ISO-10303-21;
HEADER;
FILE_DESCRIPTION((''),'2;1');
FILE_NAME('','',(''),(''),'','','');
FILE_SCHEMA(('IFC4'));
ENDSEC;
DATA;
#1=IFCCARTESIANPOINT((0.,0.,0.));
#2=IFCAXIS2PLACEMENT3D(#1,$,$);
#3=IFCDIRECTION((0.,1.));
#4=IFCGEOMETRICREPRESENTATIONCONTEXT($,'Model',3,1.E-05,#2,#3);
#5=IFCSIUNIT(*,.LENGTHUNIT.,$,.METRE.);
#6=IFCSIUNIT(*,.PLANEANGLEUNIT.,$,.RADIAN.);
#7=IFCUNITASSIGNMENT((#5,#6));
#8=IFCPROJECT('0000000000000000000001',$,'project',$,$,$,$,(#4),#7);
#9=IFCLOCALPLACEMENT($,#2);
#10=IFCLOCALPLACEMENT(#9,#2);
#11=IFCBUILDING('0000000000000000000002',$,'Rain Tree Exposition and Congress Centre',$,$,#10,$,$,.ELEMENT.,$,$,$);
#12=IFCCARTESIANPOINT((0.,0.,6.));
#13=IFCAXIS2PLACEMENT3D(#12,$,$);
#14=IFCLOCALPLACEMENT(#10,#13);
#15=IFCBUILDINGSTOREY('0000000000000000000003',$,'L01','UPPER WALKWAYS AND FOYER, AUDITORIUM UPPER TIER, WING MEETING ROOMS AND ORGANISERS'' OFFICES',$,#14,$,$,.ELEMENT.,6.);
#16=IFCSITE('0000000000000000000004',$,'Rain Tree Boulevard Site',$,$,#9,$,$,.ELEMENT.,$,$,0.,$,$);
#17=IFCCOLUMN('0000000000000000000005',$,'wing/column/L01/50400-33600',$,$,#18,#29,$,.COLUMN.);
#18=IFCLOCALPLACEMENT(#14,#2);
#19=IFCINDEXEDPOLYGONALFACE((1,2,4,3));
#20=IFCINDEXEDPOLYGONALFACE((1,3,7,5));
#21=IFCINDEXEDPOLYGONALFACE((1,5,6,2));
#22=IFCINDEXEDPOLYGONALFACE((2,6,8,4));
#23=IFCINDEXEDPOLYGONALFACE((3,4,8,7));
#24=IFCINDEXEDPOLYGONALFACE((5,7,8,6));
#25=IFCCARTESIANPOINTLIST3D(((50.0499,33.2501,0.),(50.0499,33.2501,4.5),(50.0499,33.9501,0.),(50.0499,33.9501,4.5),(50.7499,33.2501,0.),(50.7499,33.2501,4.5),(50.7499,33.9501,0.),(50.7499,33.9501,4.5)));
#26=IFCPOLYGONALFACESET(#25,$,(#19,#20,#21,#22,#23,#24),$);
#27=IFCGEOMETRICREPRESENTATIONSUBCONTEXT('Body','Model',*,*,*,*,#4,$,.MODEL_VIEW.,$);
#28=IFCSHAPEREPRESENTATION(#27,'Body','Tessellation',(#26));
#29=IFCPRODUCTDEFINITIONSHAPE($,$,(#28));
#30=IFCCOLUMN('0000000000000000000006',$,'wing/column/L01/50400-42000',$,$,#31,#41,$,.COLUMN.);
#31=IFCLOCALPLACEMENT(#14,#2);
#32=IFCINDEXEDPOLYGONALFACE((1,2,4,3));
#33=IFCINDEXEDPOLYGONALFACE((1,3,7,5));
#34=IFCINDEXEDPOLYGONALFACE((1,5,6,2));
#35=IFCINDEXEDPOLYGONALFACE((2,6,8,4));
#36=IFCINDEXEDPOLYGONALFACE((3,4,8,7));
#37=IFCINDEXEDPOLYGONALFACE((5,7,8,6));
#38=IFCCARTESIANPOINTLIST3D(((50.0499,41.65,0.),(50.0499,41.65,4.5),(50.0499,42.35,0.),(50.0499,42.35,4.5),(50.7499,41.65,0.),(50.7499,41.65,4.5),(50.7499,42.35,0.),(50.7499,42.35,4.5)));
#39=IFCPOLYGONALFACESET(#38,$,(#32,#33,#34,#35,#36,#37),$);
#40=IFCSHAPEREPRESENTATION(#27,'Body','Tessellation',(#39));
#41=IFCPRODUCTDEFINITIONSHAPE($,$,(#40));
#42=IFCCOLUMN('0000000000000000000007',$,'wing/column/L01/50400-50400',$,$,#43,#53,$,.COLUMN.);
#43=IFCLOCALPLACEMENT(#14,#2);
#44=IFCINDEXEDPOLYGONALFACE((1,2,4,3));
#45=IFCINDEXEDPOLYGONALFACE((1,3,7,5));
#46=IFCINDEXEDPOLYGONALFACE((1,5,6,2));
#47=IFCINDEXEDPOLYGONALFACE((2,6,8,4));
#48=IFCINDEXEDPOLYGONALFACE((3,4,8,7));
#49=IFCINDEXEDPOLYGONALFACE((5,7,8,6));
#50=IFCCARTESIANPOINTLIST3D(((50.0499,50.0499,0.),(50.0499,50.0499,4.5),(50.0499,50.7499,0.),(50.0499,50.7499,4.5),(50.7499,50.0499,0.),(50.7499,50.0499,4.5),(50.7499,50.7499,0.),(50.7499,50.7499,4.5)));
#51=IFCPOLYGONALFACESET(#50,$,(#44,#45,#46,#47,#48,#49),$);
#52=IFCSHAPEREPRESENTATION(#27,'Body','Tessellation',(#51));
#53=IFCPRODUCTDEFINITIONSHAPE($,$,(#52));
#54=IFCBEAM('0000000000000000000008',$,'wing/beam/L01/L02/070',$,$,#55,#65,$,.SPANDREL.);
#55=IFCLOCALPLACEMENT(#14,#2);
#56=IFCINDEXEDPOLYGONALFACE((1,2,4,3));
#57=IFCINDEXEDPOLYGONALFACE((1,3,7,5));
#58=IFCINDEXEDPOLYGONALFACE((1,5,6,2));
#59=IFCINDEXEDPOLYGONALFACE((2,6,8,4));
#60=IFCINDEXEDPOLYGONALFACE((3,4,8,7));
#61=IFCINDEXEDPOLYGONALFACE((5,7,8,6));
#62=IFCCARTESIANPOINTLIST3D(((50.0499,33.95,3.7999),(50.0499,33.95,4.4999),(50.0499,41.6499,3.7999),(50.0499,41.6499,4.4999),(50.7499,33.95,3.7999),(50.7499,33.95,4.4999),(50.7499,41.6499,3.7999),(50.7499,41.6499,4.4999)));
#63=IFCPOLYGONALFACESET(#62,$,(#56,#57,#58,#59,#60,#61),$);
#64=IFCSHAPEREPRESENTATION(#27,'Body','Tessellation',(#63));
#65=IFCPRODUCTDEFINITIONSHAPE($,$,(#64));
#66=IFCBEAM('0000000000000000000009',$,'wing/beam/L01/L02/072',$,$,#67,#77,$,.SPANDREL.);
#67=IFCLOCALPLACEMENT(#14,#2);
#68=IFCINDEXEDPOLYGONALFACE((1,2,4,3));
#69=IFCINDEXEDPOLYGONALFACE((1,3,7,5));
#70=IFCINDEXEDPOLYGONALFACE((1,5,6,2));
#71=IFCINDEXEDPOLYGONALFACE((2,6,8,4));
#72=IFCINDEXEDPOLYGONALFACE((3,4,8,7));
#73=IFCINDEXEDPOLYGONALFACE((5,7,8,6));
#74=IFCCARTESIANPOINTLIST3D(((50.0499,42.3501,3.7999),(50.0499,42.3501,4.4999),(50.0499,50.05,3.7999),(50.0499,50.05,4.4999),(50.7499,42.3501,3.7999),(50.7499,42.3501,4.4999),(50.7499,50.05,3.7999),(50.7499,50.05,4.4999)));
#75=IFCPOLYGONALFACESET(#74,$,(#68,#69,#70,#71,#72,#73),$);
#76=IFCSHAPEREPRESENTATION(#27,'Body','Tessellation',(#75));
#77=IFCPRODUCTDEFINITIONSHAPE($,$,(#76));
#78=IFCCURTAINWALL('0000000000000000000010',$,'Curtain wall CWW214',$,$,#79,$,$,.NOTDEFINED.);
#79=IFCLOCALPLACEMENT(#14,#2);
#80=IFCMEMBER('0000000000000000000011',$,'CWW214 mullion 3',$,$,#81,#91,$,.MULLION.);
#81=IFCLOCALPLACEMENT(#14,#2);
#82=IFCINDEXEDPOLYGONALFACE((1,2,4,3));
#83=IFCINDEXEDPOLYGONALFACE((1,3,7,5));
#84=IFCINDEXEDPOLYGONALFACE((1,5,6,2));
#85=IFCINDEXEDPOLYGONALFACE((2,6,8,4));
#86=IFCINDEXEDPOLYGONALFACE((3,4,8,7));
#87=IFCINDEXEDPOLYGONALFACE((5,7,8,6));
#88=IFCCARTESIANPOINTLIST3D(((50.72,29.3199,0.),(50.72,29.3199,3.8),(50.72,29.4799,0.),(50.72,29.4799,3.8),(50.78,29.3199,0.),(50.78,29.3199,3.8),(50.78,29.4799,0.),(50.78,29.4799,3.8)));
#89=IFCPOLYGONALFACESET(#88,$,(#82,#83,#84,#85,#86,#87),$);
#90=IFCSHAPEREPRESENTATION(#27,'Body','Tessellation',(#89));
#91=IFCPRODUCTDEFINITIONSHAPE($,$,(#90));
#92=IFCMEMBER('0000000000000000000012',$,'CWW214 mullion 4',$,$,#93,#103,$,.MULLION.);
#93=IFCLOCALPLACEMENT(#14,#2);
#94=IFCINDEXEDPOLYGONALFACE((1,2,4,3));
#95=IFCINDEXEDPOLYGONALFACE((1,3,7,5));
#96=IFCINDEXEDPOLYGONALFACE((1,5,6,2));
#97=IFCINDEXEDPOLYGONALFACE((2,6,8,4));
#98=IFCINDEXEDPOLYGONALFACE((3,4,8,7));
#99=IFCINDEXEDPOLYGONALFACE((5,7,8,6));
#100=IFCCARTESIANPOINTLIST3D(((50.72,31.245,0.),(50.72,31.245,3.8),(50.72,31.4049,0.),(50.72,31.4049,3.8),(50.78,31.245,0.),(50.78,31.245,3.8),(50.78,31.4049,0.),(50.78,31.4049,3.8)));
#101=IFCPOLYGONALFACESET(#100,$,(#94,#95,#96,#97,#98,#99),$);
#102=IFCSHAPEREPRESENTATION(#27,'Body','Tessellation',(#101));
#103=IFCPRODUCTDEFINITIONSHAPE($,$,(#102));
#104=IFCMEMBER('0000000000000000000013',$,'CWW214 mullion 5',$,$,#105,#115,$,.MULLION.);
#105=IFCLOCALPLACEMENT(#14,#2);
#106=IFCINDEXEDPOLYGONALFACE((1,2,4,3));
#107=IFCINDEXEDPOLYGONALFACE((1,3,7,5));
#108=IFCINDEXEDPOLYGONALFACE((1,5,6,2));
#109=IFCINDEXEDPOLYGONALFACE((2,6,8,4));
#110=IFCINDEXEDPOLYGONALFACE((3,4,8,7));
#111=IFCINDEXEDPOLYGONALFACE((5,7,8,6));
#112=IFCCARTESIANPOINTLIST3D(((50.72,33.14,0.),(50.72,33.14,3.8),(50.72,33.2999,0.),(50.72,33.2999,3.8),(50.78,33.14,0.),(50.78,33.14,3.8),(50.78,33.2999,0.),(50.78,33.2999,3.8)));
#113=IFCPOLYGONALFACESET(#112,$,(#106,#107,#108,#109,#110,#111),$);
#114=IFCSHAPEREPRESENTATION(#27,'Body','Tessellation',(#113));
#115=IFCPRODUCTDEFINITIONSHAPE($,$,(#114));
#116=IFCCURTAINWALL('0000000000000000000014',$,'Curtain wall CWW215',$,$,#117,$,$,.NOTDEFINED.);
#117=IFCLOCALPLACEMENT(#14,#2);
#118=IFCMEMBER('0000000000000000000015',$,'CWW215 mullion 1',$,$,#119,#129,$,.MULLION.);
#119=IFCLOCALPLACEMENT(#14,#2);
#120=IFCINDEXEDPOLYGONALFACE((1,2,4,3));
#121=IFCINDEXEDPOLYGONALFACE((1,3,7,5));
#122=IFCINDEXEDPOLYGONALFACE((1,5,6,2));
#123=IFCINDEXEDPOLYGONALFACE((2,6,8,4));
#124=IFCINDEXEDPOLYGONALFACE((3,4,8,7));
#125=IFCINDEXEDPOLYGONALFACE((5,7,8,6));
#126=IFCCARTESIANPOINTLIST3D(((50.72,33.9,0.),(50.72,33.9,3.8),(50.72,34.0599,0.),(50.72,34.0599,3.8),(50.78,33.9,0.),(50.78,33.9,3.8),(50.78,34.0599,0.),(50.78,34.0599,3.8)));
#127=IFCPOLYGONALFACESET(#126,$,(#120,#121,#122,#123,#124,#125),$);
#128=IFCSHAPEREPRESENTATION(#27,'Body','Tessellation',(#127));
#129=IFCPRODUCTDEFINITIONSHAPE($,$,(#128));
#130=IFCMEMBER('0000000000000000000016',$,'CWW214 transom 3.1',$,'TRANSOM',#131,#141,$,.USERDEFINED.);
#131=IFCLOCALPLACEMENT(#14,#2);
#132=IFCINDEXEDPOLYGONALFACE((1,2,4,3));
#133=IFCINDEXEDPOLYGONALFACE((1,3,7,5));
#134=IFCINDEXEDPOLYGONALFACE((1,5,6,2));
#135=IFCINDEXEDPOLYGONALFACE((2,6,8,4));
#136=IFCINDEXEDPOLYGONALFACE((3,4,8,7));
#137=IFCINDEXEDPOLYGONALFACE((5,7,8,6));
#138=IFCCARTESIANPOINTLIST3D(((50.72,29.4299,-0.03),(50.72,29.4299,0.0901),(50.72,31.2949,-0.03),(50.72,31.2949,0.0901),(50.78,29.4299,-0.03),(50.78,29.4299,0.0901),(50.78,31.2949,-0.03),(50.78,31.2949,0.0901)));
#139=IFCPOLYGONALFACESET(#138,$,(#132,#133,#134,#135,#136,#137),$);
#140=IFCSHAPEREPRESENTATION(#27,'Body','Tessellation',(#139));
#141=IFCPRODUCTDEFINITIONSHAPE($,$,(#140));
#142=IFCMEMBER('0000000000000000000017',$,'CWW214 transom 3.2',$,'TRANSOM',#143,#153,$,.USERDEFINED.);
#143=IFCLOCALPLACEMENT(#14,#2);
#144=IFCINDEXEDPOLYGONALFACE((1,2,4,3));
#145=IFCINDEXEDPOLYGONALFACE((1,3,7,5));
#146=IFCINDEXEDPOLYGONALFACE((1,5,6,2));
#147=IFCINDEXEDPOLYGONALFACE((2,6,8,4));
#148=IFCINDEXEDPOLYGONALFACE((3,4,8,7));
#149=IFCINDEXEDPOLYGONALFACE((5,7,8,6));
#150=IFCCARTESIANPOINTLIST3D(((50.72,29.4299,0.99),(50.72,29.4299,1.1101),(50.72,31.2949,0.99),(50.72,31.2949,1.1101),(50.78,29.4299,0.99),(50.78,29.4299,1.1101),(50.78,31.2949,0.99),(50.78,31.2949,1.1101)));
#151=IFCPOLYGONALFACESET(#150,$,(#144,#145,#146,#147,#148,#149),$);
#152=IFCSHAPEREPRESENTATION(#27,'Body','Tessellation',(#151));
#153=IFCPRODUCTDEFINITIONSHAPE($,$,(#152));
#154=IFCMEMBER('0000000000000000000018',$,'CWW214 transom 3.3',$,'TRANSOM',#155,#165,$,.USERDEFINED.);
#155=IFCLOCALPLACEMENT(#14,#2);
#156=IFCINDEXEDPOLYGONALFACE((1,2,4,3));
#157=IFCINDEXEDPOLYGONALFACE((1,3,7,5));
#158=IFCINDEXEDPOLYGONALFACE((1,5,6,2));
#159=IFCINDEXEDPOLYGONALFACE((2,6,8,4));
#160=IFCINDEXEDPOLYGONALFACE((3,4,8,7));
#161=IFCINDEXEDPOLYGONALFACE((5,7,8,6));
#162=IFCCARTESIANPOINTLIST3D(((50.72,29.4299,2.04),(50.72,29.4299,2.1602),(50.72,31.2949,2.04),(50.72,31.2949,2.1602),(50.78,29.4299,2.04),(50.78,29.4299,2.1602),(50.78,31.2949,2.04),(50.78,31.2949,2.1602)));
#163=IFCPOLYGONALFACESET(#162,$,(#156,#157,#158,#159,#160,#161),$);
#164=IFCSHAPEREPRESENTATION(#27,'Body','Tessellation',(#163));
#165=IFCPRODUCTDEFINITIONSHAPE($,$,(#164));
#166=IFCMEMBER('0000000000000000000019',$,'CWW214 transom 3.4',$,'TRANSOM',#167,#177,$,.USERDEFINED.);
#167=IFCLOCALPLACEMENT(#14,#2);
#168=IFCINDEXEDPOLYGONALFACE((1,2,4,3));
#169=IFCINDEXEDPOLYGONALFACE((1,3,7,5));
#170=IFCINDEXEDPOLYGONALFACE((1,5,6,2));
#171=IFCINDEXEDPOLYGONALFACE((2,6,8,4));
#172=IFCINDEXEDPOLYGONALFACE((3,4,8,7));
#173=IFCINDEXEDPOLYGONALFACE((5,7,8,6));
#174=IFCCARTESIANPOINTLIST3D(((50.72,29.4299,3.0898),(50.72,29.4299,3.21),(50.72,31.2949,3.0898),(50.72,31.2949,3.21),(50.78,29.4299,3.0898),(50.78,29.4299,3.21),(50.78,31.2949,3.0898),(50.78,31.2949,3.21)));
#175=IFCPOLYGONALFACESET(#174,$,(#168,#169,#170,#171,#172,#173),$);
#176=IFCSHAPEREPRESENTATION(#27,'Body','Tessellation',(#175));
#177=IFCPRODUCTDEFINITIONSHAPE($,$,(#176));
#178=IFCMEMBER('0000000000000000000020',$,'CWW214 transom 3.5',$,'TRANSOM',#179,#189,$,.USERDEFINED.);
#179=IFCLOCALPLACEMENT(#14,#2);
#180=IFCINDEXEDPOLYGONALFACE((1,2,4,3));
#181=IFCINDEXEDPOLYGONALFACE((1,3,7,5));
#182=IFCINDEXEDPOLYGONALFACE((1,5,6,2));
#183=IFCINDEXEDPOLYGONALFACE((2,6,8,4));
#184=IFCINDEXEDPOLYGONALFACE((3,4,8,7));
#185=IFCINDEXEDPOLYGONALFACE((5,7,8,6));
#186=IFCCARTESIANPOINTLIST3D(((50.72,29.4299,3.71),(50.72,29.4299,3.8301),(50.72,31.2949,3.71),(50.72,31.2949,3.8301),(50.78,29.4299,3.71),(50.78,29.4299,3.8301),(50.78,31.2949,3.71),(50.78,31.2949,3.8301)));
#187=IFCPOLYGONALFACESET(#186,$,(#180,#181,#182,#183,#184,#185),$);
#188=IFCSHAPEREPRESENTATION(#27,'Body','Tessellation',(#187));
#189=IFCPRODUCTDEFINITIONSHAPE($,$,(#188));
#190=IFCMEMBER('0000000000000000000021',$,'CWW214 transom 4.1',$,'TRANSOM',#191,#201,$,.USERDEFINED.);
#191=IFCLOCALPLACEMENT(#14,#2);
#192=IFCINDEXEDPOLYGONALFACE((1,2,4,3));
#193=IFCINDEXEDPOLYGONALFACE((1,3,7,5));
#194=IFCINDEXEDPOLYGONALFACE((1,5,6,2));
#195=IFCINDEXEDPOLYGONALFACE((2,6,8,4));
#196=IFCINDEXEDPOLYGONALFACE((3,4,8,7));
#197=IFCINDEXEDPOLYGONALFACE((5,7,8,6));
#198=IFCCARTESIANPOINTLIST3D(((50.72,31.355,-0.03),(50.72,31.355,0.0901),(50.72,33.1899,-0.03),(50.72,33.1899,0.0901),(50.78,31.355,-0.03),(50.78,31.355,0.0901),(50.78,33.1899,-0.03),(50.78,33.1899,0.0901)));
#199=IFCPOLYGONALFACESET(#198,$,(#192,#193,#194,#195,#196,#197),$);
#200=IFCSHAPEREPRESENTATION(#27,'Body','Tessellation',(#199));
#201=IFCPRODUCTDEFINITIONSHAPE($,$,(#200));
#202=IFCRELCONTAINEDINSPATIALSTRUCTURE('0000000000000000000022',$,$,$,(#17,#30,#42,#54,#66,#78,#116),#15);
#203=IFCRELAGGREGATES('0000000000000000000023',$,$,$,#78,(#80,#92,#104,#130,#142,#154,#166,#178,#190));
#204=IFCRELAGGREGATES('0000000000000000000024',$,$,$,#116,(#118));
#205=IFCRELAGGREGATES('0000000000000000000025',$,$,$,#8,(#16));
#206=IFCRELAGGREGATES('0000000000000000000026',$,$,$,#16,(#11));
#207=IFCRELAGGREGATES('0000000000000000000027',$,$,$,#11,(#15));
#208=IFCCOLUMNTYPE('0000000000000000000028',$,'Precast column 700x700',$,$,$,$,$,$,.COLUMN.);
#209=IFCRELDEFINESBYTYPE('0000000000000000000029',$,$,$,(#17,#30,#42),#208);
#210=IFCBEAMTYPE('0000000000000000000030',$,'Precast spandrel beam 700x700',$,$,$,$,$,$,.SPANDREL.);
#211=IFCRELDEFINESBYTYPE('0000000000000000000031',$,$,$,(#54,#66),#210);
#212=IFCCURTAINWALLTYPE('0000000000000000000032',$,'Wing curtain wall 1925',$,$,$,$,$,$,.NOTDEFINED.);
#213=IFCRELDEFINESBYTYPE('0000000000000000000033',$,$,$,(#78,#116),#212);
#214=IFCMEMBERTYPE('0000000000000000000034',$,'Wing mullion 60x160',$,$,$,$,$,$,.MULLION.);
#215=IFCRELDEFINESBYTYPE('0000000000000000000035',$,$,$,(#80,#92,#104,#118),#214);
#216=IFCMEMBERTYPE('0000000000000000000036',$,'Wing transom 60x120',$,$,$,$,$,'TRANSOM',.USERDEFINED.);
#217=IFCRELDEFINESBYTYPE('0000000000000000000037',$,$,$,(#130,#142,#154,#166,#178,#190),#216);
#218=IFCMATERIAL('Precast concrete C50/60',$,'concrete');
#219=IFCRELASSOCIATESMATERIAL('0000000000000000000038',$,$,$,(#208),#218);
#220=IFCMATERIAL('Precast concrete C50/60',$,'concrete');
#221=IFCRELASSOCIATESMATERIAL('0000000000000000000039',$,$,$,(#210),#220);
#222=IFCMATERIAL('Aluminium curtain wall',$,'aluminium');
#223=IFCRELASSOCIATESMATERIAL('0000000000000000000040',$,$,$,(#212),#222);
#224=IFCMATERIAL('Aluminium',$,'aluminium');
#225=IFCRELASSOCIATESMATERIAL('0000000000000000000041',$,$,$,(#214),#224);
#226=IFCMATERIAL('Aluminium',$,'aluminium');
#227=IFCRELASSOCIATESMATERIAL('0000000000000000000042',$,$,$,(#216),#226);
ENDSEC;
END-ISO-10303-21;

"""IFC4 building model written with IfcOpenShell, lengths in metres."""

from ifc_helpers import new_model, si_unit, direction, frame, origin, origin_2d, place, context, subcontext, project, spatial, rectangle, extrude, material, material_profile, profile_set, type_object, element, aggregate, save


model = new_model("IFC4")

# Units and contexts
model_context = context("Model", 3, precision=1e-05, world=origin(), true_north=direction((0.0, 1.0)))
body_context = subcontext(model_context, "Body", "Model", "MODEL_VIEW")
ifc_project = project(units=[si_unit("LENGTHUNIT", "METRE"), si_unit("PLANEANGLEUNIT", "RADIAN")], contexts=[model_context])

# Site, building, storey
site_placement = place(None, origin())
site = spatial("IfcSite", under=ifc_project, at=site_placement, Name="Rain Tree Boulevard Site", CompositionType="ELEMENT", RefElevation=0.0)
building_placement = place(site_placement, origin())
building = spatial("IfcBuilding", under=site, at=building_placement, Name="Rain Tree Exposition and Congress Centre", CompositionType="ELEMENT")
storey_placement = place(building_placement, frame((0.0, 0.0, 6.0)))
storey = spatial("IfcBuildingStorey", under=building, at=storey_placement, Name="L01", Description="UPPER WALKWAYS AND FOYER, AUDITORIUM UPPER TIER, WING MEETING ROOMS AND ORGANISERS' OFFICES", CompositionType="ELEMENT", Elevation=6.0)

# Columns
ifc_material_1 = material(Name="Precast concrete C50/60", Category="concrete")
ifc_material_profile_1 = material_profile(ifc_material_1, rectangle(XDim=0.7, YDim=0.7, at=origin_2d()), Name="RC 700x700")
ifc_profile_set_1 = profile_set([ifc_material_profile_1], Name="Precast concrete C50/60")
column_type = type_object("IfcColumnType", Name="Precast column 700x700", PredefinedType="COLUMN", material=ifc_profile_set_1)
for number, where, z_axis, x_axis, name in (
    (1, (50.3999, 33.6001, 0.0), (0.0, 0.0, 1.0), (1.0, 0.0, 0.0), "wing/column/L01/50400-33600"),
    (2, (50.3999, 42.0, 0.0), (0.0, 0.0, 1.0), (1.0, 0.0, 0.0), "wing/column/L01/50400-42000"),
    (3, (50.3999, 50.3999, 0.0), (0.0, 0.0, 1.0), (1.0, 0.0, 0.0), "wing/column/L01/50400-50400"),
):
    element("IfcColumn", number, at=place(storey_placement, frame(where, z_axis=z_axis, x_axis=x_axis)), inside=storey, type_object=column_type, Name=name, PredefinedType="COLUMN", context=body_context, shape_type="SweptSolid", body=[
        extrude(rectangle(XDim=0.7, YDim=0.7, at=origin_2d()), origin(), (0.0, 0.0, 1.0), 4.5),
    ])

# Beams
ifc_material_2 = material(Name="Precast concrete C50/60", Category="concrete")
ifc_material_profile_2 = material_profile(ifc_material_2, rectangle(XDim=0.7, YDim=0.7, at=origin_2d()), Name="RC 700x700")
ifc_profile_set_2 = profile_set([ifc_material_profile_2], Name="Precast concrete C50/60")
beam_type = type_object("IfcBeamType", Name="Precast spandrel beam 700x700", PredefinedType="SPANDREL", material=ifc_profile_set_2)
for number, where, z_axis, x_axis, name in (
    (4, (50.3999, 33.95, 4.1499), (0.0, 1.0, 0.0), (-1.0, 0.0, 0.0), "wing/beam/L01/L02/070"),
    (5, (50.3999, 42.3501, 4.1499), (0.0, 1.0, 0.0), (-1.0, 0.0, 0.0), "wing/beam/L01/L02/072"),
):
    element("IfcBeam", number, at=place(storey_placement, frame(where, z_axis=z_axis, x_axis=x_axis)), inside=storey, type_object=beam_type, Name=name, PredefinedType="SPANDREL", context=body_context, shape_type="SweptSolid", body=[
        extrude(rectangle(XDim=0.7, YDim=0.7, at=origin_2d()), origin(), (0.0, 0.0, 1.0), 7.7),
    ])

# Curtain wall, members
ifc_material_3 = material(Name="Aluminium curtain wall", Category="aluminium")
curtain_wall_type = type_object("IfcCurtainWallType", Name="Wing curtain wall 1925", PredefinedType="NOTDEFINED", material=ifc_material_3)
curtain_wall_1_placement = place(storey_placement, origin())
curtain_wall_1 = element("IfcCurtainWall", 6, at=curtain_wall_1_placement, inside=storey, type_object=curtain_wall_type, Name="Curtain wall CWW214", PredefinedType="NOTDEFINED")
ifc_material_4 = material(Name="Aluminium", Category="aluminium")
ifc_material_profile_3 = material_profile(ifc_material_4, rectangle(XDim=0.0601, YDim=0.1599, at=origin_2d()), Name="Aluminium 60x160")
ifc_profile_set_3 = profile_set([ifc_material_profile_3], Name="Aluminium")
member_type_1 = type_object("IfcMemberType", Name="Wing mullion 60x160", PredefinedType="MULLION", material=ifc_profile_set_3)
member_1_placement = place(storey_placement, frame((50.75, 29.3999, 0.0), z_axis=(0.0, 0.0, 1.0), x_axis=(-1.0, 0.0, 0.0)))
member_1 = element("IfcMember", 7, at=member_1_placement, type_object=member_type_1, Name="CWW214 mullion 3", PredefinedType="MULLION", context=body_context, shape_type="SweptSolid", body=[
    extrude(rectangle(XDim=0.0601, YDim=0.1599, at=origin_2d()), origin(), (0.0, 0.0, 1.0), 3.8),
])
member_2_placement = place(storey_placement, frame((50.75, 31.325, 0.0), z_axis=(0.0, 0.0, 1.0), x_axis=(-1.0, 0.0, 0.0)))
member_2 = element("IfcMember", 8, at=member_2_placement, type_object=member_type_1, Name="CWW214 mullion 4", PredefinedType="MULLION", context=body_context, shape_type="SweptSolid", body=[
    extrude(rectangle(XDim=0.0601, YDim=0.1599, at=origin_2d()), origin(), (0.0, 0.0, 1.0), 3.8),
])
member_3_placement = place(storey_placement, frame((50.75, 33.22, 0.0), z_axis=(0.0, 0.0, 1.0), x_axis=(-1.0, 0.0, 0.0)))
member_3 = element("IfcMember", 9, at=member_3_placement, type_object=member_type_1, Name="CWW214 mullion 5", PredefinedType="MULLION", context=body_context, shape_type="SweptSolid", body=[
    extrude(rectangle(XDim=0.0601, YDim=0.1599, at=origin_2d()), origin(), (0.0, 0.0, 1.0), 3.8),
])

# Curtain wall, member
curtain_wall_2_placement = place(storey_placement, origin())
curtain_wall_2 = element("IfcCurtainWall", 10, at=curtain_wall_2_placement, inside=storey, type_object=curtain_wall_type, Name="Curtain wall CWW215", PredefinedType="NOTDEFINED")
member_4_placement = place(storey_placement, frame((50.75, 33.98, 0.0), z_axis=(0.0, 0.0, 1.0), x_axis=(-1.0, 0.0, 0.0)))
member_4 = element("IfcMember", 11, at=member_4_placement, type_object=member_type_1, Name="CWW215 mullion 1", PredefinedType="MULLION", context=body_context, shape_type="SweptSolid", body=[
    extrude(rectangle(XDim=0.0601, YDim=0.1599, at=origin_2d()), origin(), (0.0, 0.0, 1.0), 3.8),
])

# Members
ifc_material_5 = material(Name="Aluminium", Category="aluminium")
ifc_material_profile_4 = material_profile(ifc_material_5, rectangle(XDim=0.0601, YDim=0.1201, at=origin_2d()), Name="Aluminium 60x120")
ifc_profile_set_4 = profile_set([ifc_material_profile_4], Name="Aluminium")
member_type_2 = type_object("IfcMemberType", Name="Wing transom 60x120", ElementType="TRANSOM", PredefinedType="USERDEFINED", material=ifc_profile_set_4)
member_5_placement = place(storey_placement, frame((50.75, 29.4299, 0.03), z_axis=(0.0, 1.0, 0.0), x_axis=(-1.0, 0.0, 0.0)))
member_5 = element("IfcMember", 12, at=member_5_placement, type_object=member_type_2, Name="CWW214 transom 3.1", ObjectType="TRANSOM", PredefinedType="USERDEFINED", context=body_context, shape_type="SweptSolid", body=[
    extrude(rectangle(XDim=0.0601, YDim=0.1201, at=origin_2d()), origin(), (0.0, 0.0, 1.0), 1.865),
])
member_6_placement = place(storey_placement, frame((50.75, 29.4299, 1.05), z_axis=(0.0, 1.0, 0.0), x_axis=(-1.0, 0.0, 0.0)))
member_6 = element("IfcMember", 13, at=member_6_placement, type_object=member_type_2, Name="CWW214 transom 3.2", ObjectType="TRANSOM", PredefinedType="USERDEFINED", context=body_context, shape_type="SweptSolid", body=[
    extrude(rectangle(XDim=0.0601, YDim=0.1201, at=origin_2d()), origin(), (0.0, 0.0, 1.0), 1.865),
])
member_7_placement = place(storey_placement, frame((50.75, 29.4299, 2.1001), z_axis=(0.0, 1.0, 0.0), x_axis=(-1.0, 0.0, 0.0)))
member_7 = element("IfcMember", 14, at=member_7_placement, type_object=member_type_2, Name="CWW214 transom 3.3", ObjectType="TRANSOM", PredefinedType="USERDEFINED", context=body_context, shape_type="SweptSolid", body=[
    extrude(rectangle(XDim=0.0601, YDim=0.1201, at=origin_2d()), origin(), (0.0, 0.0, 1.0), 1.865),
])
member_8_placement = place(storey_placement, frame((50.75, 29.4299, 3.1499), z_axis=(0.0, 1.0, 0.0), x_axis=(-1.0, 0.0, 0.0)))
member_8 = element("IfcMember", 15, at=member_8_placement, type_object=member_type_2, Name="CWW214 transom 3.4", ObjectType="TRANSOM", PredefinedType="USERDEFINED", context=body_context, shape_type="SweptSolid", body=[
    extrude(rectangle(XDim=0.0601, YDim=0.1201, at=origin_2d()), origin(), (0.0, 0.0, 1.0), 1.865),
])
member_9_placement = place(storey_placement, frame((50.75, 29.4299, 3.77), z_axis=(0.0, 1.0, 0.0), x_axis=(-1.0, 0.0, 0.0)))
member_9 = element("IfcMember", 16, at=member_9_placement, type_object=member_type_2, Name="CWW214 transom 3.5", ObjectType="TRANSOM", PredefinedType="USERDEFINED", context=body_context, shape_type="SweptSolid", body=[
    extrude(rectangle(XDim=0.0601, YDim=0.1201, at=origin_2d()), origin(), (0.0, 0.0, 1.0), 1.865),
])
member_10_placement = place(storey_placement, frame((50.75, 31.355, 0.03), z_axis=(0.0, 1.0, 0.0), x_axis=(-1.0, 0.0, 0.0)))
member_10 = element("IfcMember", 17, at=member_10_placement, type_object=member_type_2, Name="CWW214 transom 4.1", ObjectType="TRANSOM", PredefinedType="USERDEFINED", context=body_context, shape_type="SweptSolid", body=[
    extrude(rectangle(XDim=0.0601, YDim=0.1201, at=origin_2d()), origin(), (0.0, 0.0, 1.0), 1.835),
])

aggregate(curtain_wall_1, [member_1, member_2, member_3, member_5, member_6, member_7, member_8, member_9, member_10])
aggregate(curtain_wall_2, [member_4])

save(model, "model.ifc")
